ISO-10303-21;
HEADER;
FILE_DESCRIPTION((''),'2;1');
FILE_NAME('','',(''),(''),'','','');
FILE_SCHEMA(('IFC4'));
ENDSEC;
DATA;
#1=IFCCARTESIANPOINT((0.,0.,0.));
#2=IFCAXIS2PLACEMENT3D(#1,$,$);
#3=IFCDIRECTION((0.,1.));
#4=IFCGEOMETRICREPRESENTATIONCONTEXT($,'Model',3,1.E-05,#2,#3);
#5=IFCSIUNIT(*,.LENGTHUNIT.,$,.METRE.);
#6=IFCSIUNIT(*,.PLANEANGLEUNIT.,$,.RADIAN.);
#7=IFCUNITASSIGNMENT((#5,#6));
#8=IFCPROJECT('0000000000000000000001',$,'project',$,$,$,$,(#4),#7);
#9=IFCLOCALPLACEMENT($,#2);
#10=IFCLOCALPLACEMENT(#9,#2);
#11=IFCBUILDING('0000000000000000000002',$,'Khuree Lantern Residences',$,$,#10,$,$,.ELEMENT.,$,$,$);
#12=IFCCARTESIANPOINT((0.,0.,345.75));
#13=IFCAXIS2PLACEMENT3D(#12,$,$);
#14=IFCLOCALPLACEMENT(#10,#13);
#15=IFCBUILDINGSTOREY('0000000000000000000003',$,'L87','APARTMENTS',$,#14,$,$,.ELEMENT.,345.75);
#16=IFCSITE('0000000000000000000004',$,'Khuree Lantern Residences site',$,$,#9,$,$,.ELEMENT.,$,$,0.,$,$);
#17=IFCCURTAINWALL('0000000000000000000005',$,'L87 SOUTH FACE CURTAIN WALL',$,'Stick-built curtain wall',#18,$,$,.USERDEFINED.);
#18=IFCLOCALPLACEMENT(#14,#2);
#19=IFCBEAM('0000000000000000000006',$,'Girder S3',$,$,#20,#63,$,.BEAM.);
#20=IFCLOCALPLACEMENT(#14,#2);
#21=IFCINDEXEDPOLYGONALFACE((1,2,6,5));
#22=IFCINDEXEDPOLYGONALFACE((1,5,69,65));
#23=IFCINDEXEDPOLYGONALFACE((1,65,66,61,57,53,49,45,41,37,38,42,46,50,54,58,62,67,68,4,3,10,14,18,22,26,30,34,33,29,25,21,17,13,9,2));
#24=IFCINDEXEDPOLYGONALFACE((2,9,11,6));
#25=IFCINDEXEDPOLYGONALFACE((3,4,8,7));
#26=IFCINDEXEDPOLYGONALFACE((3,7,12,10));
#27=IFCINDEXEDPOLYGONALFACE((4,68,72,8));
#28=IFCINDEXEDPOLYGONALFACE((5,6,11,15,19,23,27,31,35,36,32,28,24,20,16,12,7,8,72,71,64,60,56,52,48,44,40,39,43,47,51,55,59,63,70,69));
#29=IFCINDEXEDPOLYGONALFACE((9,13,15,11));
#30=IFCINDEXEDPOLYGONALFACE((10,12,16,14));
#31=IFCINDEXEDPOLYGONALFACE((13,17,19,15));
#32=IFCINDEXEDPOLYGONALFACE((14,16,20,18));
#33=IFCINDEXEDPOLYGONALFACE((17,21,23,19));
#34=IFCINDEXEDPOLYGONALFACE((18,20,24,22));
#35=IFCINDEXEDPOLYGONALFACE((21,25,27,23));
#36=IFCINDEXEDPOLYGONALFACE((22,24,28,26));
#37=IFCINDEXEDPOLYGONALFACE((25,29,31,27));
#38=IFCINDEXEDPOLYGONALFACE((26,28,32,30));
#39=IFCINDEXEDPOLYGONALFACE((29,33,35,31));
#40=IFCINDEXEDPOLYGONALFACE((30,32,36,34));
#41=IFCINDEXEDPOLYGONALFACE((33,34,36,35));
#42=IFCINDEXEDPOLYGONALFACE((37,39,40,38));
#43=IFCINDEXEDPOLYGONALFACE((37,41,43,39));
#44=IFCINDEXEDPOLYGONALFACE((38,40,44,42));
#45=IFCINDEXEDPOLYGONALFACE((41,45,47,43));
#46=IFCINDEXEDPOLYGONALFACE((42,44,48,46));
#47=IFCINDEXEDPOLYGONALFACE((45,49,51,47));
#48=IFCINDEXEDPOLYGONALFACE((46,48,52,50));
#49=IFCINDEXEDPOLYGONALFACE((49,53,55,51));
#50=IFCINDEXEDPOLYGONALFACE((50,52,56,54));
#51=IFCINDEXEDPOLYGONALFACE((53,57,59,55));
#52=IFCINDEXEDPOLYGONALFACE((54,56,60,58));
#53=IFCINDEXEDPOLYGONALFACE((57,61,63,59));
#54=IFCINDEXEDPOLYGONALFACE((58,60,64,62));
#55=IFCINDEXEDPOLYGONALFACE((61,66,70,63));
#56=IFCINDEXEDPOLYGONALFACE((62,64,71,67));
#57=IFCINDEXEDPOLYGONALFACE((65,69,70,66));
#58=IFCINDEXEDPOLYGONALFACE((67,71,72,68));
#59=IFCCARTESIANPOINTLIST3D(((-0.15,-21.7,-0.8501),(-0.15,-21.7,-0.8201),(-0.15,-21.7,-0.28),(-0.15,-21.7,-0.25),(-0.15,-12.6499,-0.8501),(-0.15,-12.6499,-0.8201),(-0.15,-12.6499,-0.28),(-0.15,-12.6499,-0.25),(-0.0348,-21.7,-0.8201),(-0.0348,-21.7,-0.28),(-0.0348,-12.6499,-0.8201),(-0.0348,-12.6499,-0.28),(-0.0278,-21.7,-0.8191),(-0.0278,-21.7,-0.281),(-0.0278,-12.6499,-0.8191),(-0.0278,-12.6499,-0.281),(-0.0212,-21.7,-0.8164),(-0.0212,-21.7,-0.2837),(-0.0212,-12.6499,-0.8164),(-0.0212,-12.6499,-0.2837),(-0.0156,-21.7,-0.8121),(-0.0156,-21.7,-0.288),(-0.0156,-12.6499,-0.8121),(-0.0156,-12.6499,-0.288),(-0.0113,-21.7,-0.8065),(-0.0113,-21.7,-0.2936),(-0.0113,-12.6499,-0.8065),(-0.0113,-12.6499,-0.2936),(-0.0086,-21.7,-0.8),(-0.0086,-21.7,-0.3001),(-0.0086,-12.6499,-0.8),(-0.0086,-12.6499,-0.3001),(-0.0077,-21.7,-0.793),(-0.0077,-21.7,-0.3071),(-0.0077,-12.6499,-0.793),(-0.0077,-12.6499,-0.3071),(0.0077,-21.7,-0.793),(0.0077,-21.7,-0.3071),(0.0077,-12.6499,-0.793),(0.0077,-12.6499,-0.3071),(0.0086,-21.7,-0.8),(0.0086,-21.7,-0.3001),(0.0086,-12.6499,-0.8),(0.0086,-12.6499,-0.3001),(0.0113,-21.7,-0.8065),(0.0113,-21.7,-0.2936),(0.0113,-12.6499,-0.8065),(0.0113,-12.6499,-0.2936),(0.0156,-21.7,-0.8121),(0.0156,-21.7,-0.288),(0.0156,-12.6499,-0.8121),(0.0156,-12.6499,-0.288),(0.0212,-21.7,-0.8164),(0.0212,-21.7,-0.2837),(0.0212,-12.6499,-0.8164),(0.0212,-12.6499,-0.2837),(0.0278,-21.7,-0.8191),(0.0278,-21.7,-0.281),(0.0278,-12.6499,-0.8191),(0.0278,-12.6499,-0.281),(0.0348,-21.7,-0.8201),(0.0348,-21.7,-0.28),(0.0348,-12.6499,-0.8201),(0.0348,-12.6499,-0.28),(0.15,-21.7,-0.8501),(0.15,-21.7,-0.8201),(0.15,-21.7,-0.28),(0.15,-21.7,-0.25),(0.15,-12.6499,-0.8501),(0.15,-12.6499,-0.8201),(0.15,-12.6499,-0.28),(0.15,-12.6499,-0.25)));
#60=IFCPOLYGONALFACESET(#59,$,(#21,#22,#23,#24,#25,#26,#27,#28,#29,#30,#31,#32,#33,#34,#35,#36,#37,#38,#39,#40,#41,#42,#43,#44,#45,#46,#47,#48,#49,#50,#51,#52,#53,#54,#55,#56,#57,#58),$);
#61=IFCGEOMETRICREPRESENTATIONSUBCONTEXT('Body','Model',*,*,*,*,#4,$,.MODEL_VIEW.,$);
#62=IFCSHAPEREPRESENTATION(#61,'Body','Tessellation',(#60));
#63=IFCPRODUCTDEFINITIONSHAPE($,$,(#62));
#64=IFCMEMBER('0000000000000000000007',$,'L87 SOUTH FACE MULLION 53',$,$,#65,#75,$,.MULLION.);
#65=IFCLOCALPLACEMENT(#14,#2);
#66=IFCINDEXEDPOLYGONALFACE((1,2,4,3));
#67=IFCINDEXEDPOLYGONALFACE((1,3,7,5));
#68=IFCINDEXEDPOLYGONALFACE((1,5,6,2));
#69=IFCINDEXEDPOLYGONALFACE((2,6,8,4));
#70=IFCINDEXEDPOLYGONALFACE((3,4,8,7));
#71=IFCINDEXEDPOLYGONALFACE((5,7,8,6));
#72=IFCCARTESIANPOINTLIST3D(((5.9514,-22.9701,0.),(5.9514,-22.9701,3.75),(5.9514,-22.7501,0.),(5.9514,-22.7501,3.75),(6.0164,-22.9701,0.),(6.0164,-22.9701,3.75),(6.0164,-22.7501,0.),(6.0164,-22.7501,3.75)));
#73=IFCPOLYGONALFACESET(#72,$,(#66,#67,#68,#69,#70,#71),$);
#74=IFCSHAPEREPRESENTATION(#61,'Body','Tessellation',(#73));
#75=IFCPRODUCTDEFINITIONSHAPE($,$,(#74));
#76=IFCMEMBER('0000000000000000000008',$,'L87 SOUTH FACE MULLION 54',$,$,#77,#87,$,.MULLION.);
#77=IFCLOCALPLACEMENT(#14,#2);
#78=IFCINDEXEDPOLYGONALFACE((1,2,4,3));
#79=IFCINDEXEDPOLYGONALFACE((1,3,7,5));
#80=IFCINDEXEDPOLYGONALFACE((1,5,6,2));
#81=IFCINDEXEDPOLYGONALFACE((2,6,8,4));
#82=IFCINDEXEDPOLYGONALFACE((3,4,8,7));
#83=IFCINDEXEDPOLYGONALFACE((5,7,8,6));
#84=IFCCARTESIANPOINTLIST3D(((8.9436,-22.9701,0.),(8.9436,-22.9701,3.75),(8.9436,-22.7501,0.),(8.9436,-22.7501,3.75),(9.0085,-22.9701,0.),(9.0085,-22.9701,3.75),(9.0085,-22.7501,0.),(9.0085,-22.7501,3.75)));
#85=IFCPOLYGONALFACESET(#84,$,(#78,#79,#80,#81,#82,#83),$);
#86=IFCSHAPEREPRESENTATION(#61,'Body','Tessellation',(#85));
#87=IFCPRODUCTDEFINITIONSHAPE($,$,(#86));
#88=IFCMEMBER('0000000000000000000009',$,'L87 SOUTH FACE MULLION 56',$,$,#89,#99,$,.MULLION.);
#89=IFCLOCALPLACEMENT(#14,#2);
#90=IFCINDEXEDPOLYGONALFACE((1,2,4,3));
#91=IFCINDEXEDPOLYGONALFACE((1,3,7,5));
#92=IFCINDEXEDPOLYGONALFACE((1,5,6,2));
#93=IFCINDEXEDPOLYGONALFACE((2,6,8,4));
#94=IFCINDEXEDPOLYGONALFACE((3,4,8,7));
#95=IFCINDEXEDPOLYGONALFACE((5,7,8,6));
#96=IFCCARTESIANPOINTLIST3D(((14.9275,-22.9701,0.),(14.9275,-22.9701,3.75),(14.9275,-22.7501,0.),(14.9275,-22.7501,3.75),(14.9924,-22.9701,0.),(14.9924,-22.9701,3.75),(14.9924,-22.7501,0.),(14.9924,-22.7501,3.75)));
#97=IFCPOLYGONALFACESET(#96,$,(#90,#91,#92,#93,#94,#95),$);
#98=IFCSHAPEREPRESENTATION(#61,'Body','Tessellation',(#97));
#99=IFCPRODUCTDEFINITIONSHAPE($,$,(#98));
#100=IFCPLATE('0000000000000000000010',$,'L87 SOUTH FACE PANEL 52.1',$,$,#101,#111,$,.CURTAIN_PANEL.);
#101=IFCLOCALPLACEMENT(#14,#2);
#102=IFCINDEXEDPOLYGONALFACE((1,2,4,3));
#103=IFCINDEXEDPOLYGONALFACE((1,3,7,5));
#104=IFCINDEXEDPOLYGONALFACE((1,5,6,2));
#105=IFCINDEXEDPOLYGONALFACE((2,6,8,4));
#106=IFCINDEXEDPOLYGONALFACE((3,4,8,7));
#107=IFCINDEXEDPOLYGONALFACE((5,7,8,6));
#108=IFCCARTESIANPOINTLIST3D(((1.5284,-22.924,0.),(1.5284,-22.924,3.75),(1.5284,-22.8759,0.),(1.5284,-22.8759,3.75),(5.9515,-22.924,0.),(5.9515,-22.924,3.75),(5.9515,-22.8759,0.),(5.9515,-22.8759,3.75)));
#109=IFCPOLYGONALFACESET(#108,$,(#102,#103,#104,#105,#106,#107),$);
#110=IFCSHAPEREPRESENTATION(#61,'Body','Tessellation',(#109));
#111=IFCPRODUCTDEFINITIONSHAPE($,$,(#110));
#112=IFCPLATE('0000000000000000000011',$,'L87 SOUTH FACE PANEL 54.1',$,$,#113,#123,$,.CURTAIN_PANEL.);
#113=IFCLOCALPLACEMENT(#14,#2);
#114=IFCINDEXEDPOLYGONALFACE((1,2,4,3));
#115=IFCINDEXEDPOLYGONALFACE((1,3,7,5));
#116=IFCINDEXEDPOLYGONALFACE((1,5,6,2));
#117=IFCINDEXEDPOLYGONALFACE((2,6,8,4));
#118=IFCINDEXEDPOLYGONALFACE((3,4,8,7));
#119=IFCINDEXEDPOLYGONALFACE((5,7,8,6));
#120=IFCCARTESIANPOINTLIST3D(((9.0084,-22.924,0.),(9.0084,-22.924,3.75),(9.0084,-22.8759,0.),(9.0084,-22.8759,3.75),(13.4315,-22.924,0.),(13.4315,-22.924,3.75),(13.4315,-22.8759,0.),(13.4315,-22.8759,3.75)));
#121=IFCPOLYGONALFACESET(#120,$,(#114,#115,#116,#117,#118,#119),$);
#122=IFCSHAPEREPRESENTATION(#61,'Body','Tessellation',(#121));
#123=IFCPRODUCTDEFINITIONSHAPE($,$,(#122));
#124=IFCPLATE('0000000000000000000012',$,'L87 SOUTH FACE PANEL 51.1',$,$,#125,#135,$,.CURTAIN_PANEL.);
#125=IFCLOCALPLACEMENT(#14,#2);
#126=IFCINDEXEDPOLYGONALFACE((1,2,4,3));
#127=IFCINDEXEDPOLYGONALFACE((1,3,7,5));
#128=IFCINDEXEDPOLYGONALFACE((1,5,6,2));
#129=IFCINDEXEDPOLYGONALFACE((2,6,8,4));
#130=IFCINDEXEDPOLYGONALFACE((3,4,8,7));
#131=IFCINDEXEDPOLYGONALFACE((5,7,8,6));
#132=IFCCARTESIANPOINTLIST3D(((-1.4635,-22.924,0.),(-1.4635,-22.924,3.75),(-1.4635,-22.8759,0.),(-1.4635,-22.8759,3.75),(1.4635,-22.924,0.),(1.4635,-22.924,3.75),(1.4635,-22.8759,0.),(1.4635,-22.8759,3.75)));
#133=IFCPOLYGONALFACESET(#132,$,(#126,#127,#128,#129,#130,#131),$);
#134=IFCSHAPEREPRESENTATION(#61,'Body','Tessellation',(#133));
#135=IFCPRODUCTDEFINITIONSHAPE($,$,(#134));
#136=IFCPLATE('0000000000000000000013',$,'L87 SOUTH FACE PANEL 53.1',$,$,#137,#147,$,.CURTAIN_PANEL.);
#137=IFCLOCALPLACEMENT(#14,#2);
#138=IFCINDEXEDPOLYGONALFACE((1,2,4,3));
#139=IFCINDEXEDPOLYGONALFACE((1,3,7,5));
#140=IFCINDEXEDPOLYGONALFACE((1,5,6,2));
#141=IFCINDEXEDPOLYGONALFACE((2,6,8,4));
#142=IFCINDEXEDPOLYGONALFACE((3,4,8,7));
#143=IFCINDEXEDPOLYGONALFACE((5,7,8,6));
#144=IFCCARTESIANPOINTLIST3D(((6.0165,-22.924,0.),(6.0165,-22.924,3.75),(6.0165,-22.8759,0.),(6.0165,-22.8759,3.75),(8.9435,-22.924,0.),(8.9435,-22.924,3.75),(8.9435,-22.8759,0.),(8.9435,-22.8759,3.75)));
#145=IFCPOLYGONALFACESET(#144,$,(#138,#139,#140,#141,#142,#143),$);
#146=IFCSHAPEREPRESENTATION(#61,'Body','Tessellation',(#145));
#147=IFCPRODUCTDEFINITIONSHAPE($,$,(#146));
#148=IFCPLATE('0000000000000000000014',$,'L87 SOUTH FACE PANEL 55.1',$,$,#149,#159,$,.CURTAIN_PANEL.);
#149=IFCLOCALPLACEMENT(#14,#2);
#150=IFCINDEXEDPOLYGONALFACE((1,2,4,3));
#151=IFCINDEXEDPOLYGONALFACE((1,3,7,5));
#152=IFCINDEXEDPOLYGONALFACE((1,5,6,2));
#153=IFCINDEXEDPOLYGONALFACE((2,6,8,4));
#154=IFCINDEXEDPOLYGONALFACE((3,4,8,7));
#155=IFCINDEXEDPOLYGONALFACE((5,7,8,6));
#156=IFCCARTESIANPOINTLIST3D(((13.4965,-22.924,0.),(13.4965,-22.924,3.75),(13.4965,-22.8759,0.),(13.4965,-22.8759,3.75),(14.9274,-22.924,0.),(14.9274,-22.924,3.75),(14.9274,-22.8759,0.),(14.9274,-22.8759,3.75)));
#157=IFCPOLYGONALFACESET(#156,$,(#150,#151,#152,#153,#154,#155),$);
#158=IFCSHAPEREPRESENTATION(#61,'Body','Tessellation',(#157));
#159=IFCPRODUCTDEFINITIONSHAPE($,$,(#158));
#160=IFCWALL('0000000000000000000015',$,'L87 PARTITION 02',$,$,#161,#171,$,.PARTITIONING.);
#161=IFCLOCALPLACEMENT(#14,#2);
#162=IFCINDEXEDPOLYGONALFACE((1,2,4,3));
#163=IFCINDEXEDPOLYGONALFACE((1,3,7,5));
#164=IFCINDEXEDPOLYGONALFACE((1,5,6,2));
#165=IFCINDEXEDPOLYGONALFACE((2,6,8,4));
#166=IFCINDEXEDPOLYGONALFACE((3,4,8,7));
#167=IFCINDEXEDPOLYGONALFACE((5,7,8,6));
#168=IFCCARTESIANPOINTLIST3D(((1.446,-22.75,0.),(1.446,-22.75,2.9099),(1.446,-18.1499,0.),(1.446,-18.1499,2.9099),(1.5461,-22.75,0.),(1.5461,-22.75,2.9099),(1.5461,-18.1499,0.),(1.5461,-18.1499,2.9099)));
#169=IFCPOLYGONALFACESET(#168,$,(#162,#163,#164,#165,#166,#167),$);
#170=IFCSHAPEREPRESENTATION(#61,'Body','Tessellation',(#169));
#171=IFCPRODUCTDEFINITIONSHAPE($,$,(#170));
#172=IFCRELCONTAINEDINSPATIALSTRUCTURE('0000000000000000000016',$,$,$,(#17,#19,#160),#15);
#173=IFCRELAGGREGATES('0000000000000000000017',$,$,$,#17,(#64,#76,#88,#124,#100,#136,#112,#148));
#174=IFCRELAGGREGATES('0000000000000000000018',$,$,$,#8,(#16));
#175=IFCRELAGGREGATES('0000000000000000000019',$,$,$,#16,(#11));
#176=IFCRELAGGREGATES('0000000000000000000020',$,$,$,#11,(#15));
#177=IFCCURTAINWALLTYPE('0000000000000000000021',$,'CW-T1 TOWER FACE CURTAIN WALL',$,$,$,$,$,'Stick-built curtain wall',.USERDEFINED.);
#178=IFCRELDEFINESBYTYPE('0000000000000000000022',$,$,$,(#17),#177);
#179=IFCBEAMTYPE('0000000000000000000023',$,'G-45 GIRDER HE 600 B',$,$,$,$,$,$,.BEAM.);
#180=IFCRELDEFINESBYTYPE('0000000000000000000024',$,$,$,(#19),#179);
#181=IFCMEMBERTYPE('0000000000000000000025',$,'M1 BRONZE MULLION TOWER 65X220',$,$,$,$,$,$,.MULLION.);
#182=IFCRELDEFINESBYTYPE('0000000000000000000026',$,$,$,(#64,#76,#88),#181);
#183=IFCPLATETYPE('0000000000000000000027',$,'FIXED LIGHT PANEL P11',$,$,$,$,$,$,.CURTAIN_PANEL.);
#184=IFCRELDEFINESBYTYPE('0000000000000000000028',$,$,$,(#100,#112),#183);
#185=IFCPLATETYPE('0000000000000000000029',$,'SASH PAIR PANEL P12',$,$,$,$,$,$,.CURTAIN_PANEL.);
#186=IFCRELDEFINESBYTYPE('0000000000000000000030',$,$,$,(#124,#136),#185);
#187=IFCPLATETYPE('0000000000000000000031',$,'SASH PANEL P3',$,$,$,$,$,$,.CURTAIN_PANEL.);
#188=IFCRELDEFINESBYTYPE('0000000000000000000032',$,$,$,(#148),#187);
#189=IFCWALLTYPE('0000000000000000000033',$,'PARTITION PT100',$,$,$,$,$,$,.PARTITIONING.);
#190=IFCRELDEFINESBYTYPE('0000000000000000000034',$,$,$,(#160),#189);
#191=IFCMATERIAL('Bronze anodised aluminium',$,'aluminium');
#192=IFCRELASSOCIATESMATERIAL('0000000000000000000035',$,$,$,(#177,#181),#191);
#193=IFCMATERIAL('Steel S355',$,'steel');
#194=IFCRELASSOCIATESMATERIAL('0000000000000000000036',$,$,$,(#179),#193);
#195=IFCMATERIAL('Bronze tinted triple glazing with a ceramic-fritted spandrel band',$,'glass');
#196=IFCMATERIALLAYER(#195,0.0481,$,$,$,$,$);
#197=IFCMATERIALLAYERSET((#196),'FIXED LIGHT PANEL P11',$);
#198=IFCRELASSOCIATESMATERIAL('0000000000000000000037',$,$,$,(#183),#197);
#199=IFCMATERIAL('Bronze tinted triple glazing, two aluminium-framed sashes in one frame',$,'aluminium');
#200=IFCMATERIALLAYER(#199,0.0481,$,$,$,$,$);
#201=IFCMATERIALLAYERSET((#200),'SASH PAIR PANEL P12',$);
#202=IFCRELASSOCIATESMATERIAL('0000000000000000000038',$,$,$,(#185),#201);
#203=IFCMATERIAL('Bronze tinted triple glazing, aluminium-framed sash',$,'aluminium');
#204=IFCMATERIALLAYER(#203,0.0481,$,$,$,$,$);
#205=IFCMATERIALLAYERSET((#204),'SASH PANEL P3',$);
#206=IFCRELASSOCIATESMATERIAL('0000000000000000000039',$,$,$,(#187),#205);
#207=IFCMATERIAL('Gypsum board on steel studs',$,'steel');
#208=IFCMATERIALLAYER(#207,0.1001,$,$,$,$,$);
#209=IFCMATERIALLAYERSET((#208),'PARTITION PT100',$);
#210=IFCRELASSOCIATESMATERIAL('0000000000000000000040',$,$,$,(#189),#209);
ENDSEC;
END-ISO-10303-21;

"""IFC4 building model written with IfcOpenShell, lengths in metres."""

from ifc_helpers import new_model, si_unit, direction, frame, frame_2d, origin, origin_2d, place, context, subcontext, project, spatial, rectangle, i_section, extrude, material, layer, layer_set, material_profile, profile_set, type_object, element, aggregate, save


model = new_model("IFC4")

# Units and contexts
model_context = context("Model", 3, precision=1e-05, world=origin(), true_north=direction((0.0, 1.0)))
body_context = subcontext(model_context, "Body", "Model", "MODEL_VIEW")
ifc_project = project(units=[si_unit("LENGTHUNIT", "METRE"), si_unit("PLANEANGLEUNIT", "RADIAN")], contexts=[model_context])

# Site, building, storey
site_placement = place(None, origin())
site = spatial("IfcSite", under=ifc_project, at=site_placement, Name="Khuree Lantern Residences site", CompositionType="ELEMENT", RefElevation=0.0)
building_placement = place(site_placement, origin())
building = spatial("IfcBuilding", under=site, at=building_placement, Name="Khuree Lantern Residences", CompositionType="ELEMENT")
storey_placement = place(building_placement, frame((0.0, 0.0, 345.75)))
storey = spatial("IfcBuildingStorey", under=building, at=storey_placement, Name="L87", Description="APARTMENTS", CompositionType="ELEMENT", Elevation=345.75)

# Shared definitions
ifc_material_1 = material(Name="Steel S355", Category="steel")

# Curtain wall
ifc_material_2 = material(Name="Bronze anodised aluminium", Category="aluminium")
curtain_wall_type = type_object("IfcCurtainWallType", Name="CW-T1 TOWER FACE CURTAIN WALL", ElementType="Stick-built curtain wall", PredefinedType="USERDEFINED", material=ifc_material_2)
curtain_wall_placement = place(storey_placement, origin())
curtain_wall = element("IfcCurtainWall", 1, at=curtain_wall_placement, inside=storey, type_object=curtain_wall_type, Name="L87 SOUTH FACE CURTAIN WALL", ObjectType="Stick-built curtain wall", PredefinedType="USERDEFINED")

# Beam
ifc_material_profile_1 = material_profile(ifc_material_1, i_section(OverallWidth=0.3, OverallDepth=0.6001, WebThickness=0.0154, FlangeThickness=0.03, FilletRadius=0.0271, at=origin_2d()), Name="HE 600 B")
ifc_profile_set_1 = profile_set([ifc_material_profile_1], Name="Steel S355")
beam_type_1 = type_object("IfcBeamType", Name="G-45 GIRDER HE 600 B", PredefinedType="BEAM", material=ifc_profile_set_1)
for number, where, z_axis, x_axis, name in (
    (2, (0.0, -21.7, -0.55), (0.0, 1.0, 0.0), (-1.0, 0.0, 0.0), "Girder S3"),
):
    element("IfcBeam", number, at=place(storey_placement, frame(where, z_axis=z_axis, x_axis=x_axis)), inside=storey, type_object=beam_type_1, Name=name, PredefinedType="BEAM", context=body_context, shape_type="SweptSolid", body=[
        extrude(i_section(OverallWidth=0.3, OverallDepth=0.6001, WebThickness=0.0154, FlangeThickness=0.03, FilletRadius=0.0271, at=origin_2d()), origin(), (0.0, 0.0, 1.0), 9.05),
    ])

# Members
ifc_material_profile_2 = material_profile(ifc_material_2, rectangle(XDim=0.0649, YDim=0.22, at=origin_2d()), Name="M1 65X220")
ifc_profile_set_2 = profile_set([ifc_material_profile_2], Name="Bronze anodised aluminium")
member_type_1 = type_object("IfcMemberType", Name="M1 BRONZE MULLION TOWER 65X220", PredefinedType="MULLION", material=ifc_profile_set_2)
member_1_placement = place(storey_placement, frame((5.9839, -22.8601, 0.0), z_axis=(0.0, 0.0, 1.0), x_axis=(1.0, 0.0, 0.0)))
member_1 = element("IfcMember", 3, at=member_1_placement, type_object=member_type_1, Name="L87 SOUTH FACE MULLION 53", PredefinedType="MULLION", context=body_context, shape_type="SweptSolid", body=[
    extrude(rectangle(XDim=0.0649, YDim=0.22, at=origin_2d()), origin(), (0.0, 0.0, 1.0), 3.75),
])
member_2_placement = place(storey_placement, frame((8.9761, -22.8601, 0.0), z_axis=(0.0, 0.0, 1.0), x_axis=(1.0, 0.0, 0.0)))
member_2 = element("IfcMember", 4, at=member_2_placement, type_object=member_type_1, Name="L87 SOUTH FACE MULLION 54", PredefinedType="MULLION", context=body_context, shape_type="SweptSolid", body=[
    extrude(rectangle(XDim=0.0649, YDim=0.22, at=origin_2d()), origin(), (0.0, 0.0, 1.0), 3.75),
])
member_3_placement = place(storey_placement, frame((14.96, -22.8601, 0.0), z_axis=(0.0, 0.0, 1.0), x_axis=(1.0, 0.0, 0.0)))
member_3 = element("IfcMember", 5, at=member_3_placement, type_object=member_type_1, Name="L87 SOUTH FACE MULLION 56", PredefinedType="MULLION", context=body_context, shape_type="SweptSolid", body=[
    extrude(rectangle(XDim=0.0649, YDim=0.22, at=origin_2d()), origin(), (0.0, 0.0, 1.0), 3.75),
])

# Plates
ifc_material_3 = material(Name="Bronze tinted triple glazing with a ceramic-fritted spandrel band", Category="glass")
ifc_layer_1 = layer(ifc_material_3, 0.0481)
ifc_layer_set_1 = layer_set([ifc_layer_1], Name="FIXED LIGHT PANEL P11")
plate_type_1 = type_object("IfcPlateType", Name="FIXED LIGHT PANEL P11", PredefinedType="CURTAIN_PANEL", material=ifc_layer_set_1)
plate_1_placement = place(storey_placement, frame((3.74, -22.8999, 0.0), z_axis=(0.0, 0.0, 1.0), x_axis=(1.0, 0.0, 0.0)))
plate_1 = element("IfcPlate", 6, at=plate_1_placement, type_object=plate_type_1, Name="L87 SOUTH FACE PANEL 52.1", PredefinedType="CURTAIN_PANEL", context=body_context, shape_type="SweptSolid", body=[
    extrude(rectangle(XDim=4.4231, YDim=0.0481, at=origin_2d()), origin(), (0.0, 0.0, 1.0), 3.75),
])
plate_2_placement = place(storey_placement, frame((11.22, -22.8999, 0.0), z_axis=(0.0, 0.0, 1.0), x_axis=(1.0, 0.0, 0.0)))
plate_2 = element("IfcPlate", 7, at=plate_2_placement, type_object=plate_type_1, Name="L87 SOUTH FACE PANEL 54.1", PredefinedType="CURTAIN_PANEL", context=body_context, shape_type="SweptSolid", body=[
    extrude(rectangle(XDim=4.4231, YDim=0.0481, at=origin_2d()), origin(), (0.0, 0.0, 1.0), 3.75),
])
ifc_material_4 = material(Name="Bronze tinted triple glazing, two aluminium-framed sashes in one frame", Category="aluminium")
ifc_layer_2 = layer(ifc_material_4, 0.0481)
ifc_layer_set_2 = layer_set([ifc_layer_2], Name="SASH PAIR PANEL P12")
plate_type_2 = type_object("IfcPlateType", Name="SASH PAIR PANEL P12", PredefinedType="CURTAIN_PANEL", material=ifc_layer_set_2)
plate_3_placement = place(storey_placement, frame((0.0, -22.8999, 0.0), z_axis=(0.0, 0.0, 1.0), x_axis=(1.0, 0.0, 0.0)))
plate_3 = element("IfcPlate", 8, at=plate_3_placement, type_object=plate_type_2, Name="L87 SOUTH FACE PANEL 51.1", PredefinedType="CURTAIN_PANEL", context=body_context, shape_type="SweptSolid", body=[
    extrude(rectangle(XDim=2.927, YDim=0.0481, at=origin_2d()), origin(), (0.0, 0.0, 1.0), 3.75),
])
plate_4_placement = place(storey_placement, frame((7.48, -22.8999, 0.0), z_axis=(0.0, 0.0, 1.0), x_axis=(1.0, 0.0, 0.0)))
plate_4 = element("IfcPlate", 9, at=plate_4_placement, type_object=plate_type_2, Name="L87 SOUTH FACE PANEL 53.1", PredefinedType="CURTAIN_PANEL", context=body_context, shape_type="SweptSolid", body=[
    extrude(rectangle(XDim=2.927, YDim=0.0481, at=origin_2d()), origin(), (0.0, 0.0, 1.0), 3.75),
])
ifc_material_5 = material(Name="Bronze tinted triple glazing, aluminium-framed sash", Category="aluminium")
ifc_layer_3 = layer(ifc_material_5, 0.0481)
ifc_layer_set_3 = layer_set([ifc_layer_3], Name="SASH PANEL P3")
plate_type_3 = type_object("IfcPlateType", Name="SASH PANEL P3", PredefinedType="CURTAIN_PANEL", material=ifc_layer_set_3)
plate_5_placement = place(storey_placement, frame((14.2119, -22.8999, 0.0), z_axis=(0.0, 0.0, 1.0), x_axis=(1.0, 0.0, 0.0)))
plate_5 = element("IfcPlate", 10, at=plate_5_placement, type_object=plate_type_3, Name="L87 SOUTH FACE PANEL 55.1", PredefinedType="CURTAIN_PANEL", context=body_context, shape_type="SweptSolid", body=[
    extrude(rectangle(XDim=1.4309, YDim=0.0481, at=origin_2d()), origin(), (0.0, 0.0, 1.0), 3.75),
])
aggregate(curtain_wall, [member_1, member_2, member_3, plate_3, plate_1, plate_4, plate_2, plate_5])

# Wall
ifc_material_6 = material(Name="Gypsum board on steel studs", Category="steel")
ifc_layer_4 = layer(ifc_material_6, 0.1001)
ifc_layer_set_4 = layer_set([ifc_layer_4], Name="PARTITION PT100")
wall_type = type_object("IfcWallType", Name="PARTITION PT100", PredefinedType="PARTITIONING", material=ifc_layer_set_4)
wall_1_placement = place(storey_placement, frame((1.4961, -18.1499, 0.0), z_axis=(0.0, 0.0, 1.0), x_axis=(0.0, -1.0, 0.0)))
element("IfcWall", 11, at=wall_1_placement, inside=storey, type_object=wall_type, Name="L87 PARTITION 02", PredefinedType="PARTITIONING", context=body_context, shape_type="SweptSolid", body=[
    extrude(rectangle(XDim=4.6001, YDim=0.1001, at=frame_2d((2.3, 0.0))), origin(), (0.0, 0.0, 1.0), 2.9099),
])

save(model, "model.ifc")
